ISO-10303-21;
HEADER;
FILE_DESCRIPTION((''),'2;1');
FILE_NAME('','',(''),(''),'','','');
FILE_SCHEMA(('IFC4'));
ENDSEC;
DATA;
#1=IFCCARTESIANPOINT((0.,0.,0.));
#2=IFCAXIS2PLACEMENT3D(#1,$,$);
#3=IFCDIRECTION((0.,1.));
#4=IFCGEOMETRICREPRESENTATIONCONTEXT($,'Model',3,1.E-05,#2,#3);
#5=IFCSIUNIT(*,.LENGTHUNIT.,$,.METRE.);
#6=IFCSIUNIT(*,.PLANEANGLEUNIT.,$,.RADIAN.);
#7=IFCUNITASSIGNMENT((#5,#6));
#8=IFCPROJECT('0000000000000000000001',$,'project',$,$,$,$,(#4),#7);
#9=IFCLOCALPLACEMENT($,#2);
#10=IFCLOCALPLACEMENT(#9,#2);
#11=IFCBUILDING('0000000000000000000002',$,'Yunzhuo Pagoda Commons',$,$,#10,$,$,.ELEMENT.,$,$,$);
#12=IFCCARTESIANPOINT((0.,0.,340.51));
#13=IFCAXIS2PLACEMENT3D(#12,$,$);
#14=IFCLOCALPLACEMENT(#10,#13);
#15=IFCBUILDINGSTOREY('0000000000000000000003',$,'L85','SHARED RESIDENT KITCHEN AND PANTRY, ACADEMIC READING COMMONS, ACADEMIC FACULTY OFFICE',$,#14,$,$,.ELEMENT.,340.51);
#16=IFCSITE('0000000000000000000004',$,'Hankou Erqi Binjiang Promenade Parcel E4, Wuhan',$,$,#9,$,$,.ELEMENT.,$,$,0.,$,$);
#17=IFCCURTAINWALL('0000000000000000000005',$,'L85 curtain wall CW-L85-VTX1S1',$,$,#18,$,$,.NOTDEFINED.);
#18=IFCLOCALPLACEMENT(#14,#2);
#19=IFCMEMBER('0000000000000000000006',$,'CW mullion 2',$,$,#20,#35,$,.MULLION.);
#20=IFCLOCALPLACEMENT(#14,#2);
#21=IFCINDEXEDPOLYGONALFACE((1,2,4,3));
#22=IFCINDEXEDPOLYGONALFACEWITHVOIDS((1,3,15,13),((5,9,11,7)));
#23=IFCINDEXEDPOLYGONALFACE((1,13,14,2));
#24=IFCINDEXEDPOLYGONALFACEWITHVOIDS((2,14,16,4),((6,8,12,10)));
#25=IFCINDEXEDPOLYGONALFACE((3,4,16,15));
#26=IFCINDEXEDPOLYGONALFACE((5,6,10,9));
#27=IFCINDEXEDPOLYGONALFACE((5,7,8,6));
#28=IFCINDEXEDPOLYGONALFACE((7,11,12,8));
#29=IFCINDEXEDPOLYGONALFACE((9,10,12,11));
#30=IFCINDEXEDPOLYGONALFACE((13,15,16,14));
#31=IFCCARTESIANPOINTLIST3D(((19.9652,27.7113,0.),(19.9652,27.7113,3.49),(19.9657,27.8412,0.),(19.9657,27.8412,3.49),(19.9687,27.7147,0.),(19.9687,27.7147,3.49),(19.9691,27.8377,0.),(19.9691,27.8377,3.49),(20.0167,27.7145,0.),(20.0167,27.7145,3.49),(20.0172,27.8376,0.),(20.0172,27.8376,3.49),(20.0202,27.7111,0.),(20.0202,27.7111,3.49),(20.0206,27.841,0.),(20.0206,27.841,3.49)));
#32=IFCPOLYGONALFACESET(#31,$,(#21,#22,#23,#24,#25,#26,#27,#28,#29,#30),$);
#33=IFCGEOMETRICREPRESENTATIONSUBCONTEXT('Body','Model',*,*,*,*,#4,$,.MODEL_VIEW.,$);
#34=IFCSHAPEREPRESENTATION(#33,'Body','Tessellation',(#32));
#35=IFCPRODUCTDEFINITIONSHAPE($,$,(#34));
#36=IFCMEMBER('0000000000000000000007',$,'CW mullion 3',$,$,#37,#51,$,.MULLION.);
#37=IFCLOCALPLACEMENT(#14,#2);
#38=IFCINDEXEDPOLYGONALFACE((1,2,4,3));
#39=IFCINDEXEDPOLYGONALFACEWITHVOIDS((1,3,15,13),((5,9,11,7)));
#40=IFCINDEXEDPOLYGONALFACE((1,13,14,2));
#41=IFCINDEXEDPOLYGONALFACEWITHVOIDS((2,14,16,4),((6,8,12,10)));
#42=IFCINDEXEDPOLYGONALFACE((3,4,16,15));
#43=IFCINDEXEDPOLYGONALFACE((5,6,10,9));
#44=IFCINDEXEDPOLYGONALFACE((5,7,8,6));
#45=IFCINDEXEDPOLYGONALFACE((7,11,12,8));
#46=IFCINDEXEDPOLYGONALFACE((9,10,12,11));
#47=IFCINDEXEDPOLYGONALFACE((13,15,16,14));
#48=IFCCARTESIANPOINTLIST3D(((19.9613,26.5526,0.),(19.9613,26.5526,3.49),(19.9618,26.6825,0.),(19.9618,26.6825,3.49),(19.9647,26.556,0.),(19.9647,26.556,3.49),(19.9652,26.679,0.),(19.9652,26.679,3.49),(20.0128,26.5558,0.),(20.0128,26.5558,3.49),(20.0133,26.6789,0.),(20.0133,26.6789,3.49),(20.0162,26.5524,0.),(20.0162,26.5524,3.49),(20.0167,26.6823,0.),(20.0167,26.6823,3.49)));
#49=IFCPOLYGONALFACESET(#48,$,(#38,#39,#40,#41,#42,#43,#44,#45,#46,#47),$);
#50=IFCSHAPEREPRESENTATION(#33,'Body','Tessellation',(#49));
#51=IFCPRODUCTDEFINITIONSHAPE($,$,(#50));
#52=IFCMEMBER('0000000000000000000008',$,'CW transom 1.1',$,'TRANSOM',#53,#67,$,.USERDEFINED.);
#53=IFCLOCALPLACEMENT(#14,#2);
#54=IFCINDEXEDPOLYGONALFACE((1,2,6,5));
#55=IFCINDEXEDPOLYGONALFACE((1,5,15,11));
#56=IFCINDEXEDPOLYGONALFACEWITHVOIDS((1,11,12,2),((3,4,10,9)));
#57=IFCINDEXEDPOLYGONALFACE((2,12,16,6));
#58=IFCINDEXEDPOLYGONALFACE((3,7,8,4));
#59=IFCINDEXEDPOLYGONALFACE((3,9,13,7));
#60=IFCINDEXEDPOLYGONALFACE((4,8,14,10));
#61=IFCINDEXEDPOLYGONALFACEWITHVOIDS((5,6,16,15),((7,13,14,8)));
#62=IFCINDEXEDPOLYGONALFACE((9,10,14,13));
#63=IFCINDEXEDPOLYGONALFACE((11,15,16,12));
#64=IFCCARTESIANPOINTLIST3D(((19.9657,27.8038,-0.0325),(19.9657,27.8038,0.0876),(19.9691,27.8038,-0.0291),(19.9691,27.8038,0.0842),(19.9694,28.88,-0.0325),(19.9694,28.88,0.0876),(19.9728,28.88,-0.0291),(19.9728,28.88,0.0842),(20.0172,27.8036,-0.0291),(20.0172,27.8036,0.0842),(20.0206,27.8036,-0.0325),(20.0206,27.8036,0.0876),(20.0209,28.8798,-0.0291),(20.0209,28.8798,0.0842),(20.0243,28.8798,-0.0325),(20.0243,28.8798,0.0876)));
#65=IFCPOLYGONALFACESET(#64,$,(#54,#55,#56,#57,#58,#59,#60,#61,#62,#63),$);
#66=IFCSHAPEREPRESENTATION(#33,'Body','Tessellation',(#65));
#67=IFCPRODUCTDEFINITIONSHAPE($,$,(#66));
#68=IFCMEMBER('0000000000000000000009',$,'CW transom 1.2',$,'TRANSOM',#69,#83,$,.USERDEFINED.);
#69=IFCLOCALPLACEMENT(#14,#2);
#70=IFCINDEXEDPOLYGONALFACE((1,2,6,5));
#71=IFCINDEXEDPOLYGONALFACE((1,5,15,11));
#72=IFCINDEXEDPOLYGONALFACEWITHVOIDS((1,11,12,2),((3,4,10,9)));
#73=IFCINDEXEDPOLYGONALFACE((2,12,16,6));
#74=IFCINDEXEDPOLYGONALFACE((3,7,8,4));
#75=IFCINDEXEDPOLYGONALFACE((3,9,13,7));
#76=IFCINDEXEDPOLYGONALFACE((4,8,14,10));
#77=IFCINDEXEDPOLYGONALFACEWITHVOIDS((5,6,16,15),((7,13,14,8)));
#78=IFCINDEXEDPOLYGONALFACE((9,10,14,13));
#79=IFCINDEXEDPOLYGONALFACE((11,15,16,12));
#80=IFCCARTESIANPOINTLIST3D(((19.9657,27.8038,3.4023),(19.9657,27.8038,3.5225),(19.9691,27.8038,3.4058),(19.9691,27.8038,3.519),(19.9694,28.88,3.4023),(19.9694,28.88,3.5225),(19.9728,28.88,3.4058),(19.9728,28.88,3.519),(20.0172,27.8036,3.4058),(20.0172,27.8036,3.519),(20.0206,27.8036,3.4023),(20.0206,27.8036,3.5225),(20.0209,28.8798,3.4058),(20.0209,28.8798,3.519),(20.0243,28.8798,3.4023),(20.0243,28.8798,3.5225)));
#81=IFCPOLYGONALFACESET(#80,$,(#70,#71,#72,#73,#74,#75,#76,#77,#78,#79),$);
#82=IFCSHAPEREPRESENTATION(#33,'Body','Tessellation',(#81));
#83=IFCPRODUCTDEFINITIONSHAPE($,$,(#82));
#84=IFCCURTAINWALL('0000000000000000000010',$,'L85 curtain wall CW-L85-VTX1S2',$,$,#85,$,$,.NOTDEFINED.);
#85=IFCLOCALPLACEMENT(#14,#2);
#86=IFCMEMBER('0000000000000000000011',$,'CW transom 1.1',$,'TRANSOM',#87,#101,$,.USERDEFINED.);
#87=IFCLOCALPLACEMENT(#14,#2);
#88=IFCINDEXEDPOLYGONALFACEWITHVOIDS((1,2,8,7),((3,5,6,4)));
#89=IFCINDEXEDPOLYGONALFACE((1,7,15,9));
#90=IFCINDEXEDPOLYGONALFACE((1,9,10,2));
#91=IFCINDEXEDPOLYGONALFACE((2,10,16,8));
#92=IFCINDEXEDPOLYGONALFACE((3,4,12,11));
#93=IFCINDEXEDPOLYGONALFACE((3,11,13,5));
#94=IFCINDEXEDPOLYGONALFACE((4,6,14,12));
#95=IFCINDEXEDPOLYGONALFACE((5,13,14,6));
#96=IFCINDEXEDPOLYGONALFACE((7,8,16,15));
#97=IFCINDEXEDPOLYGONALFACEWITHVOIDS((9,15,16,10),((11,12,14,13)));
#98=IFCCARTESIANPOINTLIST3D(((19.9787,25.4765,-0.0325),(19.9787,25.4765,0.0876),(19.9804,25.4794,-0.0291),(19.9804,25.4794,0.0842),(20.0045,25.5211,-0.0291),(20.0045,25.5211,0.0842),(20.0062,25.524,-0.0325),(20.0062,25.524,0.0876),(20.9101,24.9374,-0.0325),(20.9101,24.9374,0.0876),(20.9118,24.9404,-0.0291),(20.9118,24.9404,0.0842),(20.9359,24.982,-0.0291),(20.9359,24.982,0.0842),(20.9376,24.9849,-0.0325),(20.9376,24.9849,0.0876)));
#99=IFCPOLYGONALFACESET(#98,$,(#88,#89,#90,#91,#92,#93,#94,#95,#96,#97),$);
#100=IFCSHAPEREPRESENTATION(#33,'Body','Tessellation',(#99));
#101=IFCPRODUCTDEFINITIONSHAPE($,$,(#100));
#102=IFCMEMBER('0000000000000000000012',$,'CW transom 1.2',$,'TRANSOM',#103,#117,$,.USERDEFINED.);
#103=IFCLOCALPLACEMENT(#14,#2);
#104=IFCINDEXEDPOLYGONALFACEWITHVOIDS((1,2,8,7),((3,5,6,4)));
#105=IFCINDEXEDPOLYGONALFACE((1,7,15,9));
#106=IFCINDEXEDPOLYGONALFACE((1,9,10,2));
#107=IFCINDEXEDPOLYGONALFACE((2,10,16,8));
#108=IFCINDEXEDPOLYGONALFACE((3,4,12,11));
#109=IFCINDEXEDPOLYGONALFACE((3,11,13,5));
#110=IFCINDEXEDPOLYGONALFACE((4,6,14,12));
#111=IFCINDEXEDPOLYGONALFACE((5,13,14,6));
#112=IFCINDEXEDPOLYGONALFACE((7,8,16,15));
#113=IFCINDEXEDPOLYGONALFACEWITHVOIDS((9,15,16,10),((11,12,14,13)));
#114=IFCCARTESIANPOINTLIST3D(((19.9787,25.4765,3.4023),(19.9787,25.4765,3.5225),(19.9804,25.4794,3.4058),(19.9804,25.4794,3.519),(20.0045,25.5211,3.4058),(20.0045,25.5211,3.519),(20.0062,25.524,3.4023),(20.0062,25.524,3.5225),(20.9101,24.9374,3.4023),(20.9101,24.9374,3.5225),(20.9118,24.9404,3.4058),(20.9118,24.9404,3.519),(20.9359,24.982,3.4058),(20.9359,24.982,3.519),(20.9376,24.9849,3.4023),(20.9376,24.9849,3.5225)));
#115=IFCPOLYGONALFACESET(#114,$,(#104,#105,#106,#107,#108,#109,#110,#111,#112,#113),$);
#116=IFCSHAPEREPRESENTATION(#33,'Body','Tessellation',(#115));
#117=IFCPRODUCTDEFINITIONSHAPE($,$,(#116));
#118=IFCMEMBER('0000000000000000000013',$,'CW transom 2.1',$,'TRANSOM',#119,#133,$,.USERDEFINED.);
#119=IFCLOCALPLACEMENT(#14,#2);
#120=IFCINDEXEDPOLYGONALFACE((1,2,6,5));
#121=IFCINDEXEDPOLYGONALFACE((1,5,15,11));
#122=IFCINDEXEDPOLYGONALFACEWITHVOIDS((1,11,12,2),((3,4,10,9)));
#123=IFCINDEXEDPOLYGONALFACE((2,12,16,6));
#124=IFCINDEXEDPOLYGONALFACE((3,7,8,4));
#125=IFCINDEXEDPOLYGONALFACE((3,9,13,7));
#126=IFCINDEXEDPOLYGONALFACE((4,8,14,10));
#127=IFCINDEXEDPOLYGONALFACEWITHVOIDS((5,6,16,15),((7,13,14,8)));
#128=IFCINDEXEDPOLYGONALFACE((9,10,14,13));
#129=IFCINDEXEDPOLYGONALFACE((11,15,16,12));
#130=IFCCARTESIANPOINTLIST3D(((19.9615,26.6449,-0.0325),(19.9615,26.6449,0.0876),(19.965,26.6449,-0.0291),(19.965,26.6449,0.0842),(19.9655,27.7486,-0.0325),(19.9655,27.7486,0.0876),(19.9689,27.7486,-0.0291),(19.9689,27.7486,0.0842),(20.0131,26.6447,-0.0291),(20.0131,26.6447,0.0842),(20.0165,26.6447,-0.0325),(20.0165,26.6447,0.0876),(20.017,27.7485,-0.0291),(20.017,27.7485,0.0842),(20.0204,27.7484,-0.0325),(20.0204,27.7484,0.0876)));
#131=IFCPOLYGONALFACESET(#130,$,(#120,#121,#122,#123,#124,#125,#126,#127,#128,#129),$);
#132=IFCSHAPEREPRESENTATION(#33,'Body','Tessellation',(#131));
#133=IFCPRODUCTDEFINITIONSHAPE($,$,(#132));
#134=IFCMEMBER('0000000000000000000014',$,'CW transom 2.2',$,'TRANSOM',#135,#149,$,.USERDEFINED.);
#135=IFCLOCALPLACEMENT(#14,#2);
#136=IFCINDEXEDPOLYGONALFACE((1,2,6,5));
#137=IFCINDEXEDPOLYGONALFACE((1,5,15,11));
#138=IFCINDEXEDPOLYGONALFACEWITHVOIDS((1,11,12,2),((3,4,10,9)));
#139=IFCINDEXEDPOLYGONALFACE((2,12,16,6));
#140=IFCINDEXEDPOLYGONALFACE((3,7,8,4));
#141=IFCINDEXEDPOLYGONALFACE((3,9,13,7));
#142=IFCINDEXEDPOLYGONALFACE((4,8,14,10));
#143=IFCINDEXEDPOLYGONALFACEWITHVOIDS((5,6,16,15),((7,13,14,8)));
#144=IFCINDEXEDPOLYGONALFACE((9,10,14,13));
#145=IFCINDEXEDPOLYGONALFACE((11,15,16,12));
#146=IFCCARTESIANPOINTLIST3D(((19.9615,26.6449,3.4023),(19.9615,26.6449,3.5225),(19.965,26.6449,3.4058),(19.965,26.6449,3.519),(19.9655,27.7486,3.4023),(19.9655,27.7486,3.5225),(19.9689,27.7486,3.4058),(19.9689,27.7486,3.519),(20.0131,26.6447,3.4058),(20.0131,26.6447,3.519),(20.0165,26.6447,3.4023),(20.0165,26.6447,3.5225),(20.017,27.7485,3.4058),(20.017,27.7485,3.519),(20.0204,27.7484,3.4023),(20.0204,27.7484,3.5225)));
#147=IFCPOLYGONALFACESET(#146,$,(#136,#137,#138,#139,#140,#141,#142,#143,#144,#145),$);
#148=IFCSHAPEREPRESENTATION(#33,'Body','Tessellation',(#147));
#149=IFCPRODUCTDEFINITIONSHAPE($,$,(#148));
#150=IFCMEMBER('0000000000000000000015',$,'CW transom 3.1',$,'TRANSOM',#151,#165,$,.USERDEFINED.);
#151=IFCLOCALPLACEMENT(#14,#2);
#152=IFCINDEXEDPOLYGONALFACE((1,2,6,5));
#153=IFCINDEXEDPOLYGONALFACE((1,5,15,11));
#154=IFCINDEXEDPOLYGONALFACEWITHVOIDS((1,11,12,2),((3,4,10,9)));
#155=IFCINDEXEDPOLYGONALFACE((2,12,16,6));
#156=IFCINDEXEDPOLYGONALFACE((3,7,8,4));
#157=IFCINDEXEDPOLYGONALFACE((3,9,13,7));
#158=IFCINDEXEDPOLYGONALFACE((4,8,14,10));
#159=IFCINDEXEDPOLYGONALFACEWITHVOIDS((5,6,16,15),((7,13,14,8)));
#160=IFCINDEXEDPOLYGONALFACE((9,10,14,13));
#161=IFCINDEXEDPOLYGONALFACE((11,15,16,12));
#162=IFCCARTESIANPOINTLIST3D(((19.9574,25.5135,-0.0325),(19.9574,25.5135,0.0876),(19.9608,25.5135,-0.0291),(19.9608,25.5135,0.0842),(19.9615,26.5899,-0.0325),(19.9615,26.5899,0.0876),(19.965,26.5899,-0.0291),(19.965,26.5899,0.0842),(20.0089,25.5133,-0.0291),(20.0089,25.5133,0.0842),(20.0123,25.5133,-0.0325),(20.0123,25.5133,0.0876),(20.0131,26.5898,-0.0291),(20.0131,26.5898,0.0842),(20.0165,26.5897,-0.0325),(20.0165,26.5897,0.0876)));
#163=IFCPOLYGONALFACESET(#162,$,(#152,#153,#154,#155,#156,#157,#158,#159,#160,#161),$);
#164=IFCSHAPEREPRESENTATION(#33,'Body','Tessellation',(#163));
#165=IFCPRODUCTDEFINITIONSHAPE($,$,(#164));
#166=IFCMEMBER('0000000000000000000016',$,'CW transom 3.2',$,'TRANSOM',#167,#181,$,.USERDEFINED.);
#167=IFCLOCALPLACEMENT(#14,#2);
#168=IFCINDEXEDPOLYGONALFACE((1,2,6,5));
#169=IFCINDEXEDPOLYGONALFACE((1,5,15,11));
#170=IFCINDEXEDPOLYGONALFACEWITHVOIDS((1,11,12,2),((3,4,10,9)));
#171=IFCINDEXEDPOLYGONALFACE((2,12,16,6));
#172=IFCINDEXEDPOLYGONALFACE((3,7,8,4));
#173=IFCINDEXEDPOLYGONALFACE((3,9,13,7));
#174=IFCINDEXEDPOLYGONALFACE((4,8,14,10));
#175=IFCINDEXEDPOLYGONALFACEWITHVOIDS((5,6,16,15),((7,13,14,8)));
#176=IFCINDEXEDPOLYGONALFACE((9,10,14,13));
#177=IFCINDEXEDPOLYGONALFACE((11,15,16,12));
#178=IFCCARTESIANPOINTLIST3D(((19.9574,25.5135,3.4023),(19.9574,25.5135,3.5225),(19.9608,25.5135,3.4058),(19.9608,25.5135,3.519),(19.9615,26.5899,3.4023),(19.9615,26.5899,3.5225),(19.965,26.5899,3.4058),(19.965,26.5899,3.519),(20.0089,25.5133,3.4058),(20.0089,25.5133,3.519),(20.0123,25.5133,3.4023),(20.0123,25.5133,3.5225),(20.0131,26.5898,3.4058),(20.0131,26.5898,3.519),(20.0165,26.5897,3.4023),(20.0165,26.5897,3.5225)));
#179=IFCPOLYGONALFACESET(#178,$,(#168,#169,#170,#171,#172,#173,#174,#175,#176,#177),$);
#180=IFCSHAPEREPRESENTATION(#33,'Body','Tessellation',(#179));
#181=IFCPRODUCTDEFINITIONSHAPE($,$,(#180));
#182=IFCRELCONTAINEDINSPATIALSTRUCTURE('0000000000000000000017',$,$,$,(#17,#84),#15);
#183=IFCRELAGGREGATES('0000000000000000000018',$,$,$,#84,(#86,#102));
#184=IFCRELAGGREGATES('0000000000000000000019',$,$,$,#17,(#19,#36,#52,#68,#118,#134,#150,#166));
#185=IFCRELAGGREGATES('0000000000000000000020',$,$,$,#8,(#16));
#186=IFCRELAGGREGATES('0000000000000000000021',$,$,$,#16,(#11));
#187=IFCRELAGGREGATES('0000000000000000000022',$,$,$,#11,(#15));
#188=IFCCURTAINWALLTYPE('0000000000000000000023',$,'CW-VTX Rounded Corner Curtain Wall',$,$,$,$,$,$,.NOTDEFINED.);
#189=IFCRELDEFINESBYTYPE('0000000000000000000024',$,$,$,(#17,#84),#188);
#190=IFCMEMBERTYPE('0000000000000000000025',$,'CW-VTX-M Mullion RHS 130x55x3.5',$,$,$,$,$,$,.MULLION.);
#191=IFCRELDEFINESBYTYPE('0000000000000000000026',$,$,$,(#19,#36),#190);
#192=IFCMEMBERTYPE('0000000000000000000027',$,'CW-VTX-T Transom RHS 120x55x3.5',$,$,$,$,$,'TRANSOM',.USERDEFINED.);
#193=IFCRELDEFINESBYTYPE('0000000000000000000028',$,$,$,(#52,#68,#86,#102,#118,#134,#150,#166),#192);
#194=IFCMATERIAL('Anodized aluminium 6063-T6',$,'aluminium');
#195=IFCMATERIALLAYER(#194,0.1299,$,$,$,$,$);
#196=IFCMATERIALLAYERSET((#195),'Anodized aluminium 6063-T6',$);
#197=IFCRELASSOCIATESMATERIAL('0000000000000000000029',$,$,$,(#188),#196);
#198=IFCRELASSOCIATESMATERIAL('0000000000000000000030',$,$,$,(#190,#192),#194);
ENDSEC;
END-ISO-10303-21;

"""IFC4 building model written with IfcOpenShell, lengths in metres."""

from ifc_helpers import new_model, si_unit, direction, frame, origin, origin_2d, place, context, subcontext, project, spatial, hollow_rectangle, extrude, source, transform, mapped, material, layer, layer_set, material_profile, profile_set, type_object, element, aggregate, save


model = new_model("IFC4")

# Units and contexts
model_context = context("Model", 3, precision=1e-05, world=origin(), true_north=direction((0.0, 1.0)))
body_context = subcontext(model_context, "Body", "Model", "MODEL_VIEW")
ifc_project = project(units=[si_unit("LENGTHUNIT", "METRE"), si_unit("PLANEANGLEUNIT", "RADIAN")], contexts=[model_context])

# Site, building, storey
site_placement = place(None, origin())
site = spatial("IfcSite", under=ifc_project, at=site_placement, Name="Hankou Erqi Binjiang Promenade Parcel E4, Wuhan", CompositionType="ELEMENT", RefElevation=0.0)
building_placement = place(site_placement, origin())
building = spatial("IfcBuilding", under=site, at=building_placement, Name="Yunzhuo Pagoda Commons", CompositionType="ELEMENT")
storey_placement = place(building_placement, frame((0.0, 0.0, 340.51)))
storey = spatial("IfcBuildingStorey", under=building, at=storey_placement, Name="L85", Description="SHARED RESIDENT KITCHEN AND PANTRY, ACADEMIC READING COMMONS, ACADEMIC FACULTY OFFICE", CompositionType="ELEMENT", Elevation=340.51)

# Curtain walls, members
ifc_material_1 = material(Name="Anodized aluminium 6063-T6", Category="aluminium")
ifc_layer_1 = layer(ifc_material_1, 0.1299)
ifc_layer_set_1 = layer_set([ifc_layer_1], Name="Anodized aluminium 6063-T6")
curtain_wall_type = type_object("IfcCurtainWallType", Name="CW-VTX Rounded Corner Curtain Wall", PredefinedType="NOTDEFINED", material=ifc_layer_set_1)
curtain_wall_1_placement = place(storey_placement, origin())
curtain_wall_1 = element("IfcCurtainWall", 1, at=curtain_wall_1_placement, inside=storey, type_object=curtain_wall_type, Name="L85 curtain wall CW-L85-VTX1S1", PredefinedType="NOTDEFINED")
ifc_material_profile_1 = material_profile(ifc_material_1, hollow_rectangle(XDim=0.0549, YDim=0.1299, WallThickness=0.0034, at=origin_2d()), Name="Anodized aluminium 6063-T6")
ifc_profile_set_1 = profile_set([ifc_material_profile_1], Name="Anodized aluminium 6063-T6")
member_type_1 = type_object("IfcMemberType", Name="CW-VTX-M Mullion RHS 130x55x3.5", PredefinedType="MULLION", material=ifc_profile_set_1)
shared_shape_1 = source(origin(), body_context, "Body", "SweptSolid", [
    extrude(hollow_rectangle(XDim=0.0549, YDim=0.1299, WallThickness=0.0034, at=origin_2d()), origin(), (0.0, 0.0, 1.0), 3.49),
])
member_1_placement = place(storey_placement, frame((19.9929, 27.7761, 0.0), z_axis=(0.0, 0.0, 1.0), x_axis=(0.999994, -0.003567, 0.0)))
member_1 = element("IfcMember", 2, at=member_1_placement, type_object=member_type_1, Name="CW mullion 2", PredefinedType="MULLION", context=body_context, shape_type="MappedRepresentation", body=[
    mapped(shared_shape_1, transform((0.0, 0.0, 0.0), scale=1.0)),
])
member_2_placement = place(storey_placement, frame((19.989, 26.6174, 0.0), z_axis=(0.0, 0.0, 1.0), x_axis=(0.999994, -0.003567, 0.0)))
member_2 = element("IfcMember", 3, at=member_2_placement, type_object=member_type_1, Name="CW mullion 3", PredefinedType="MULLION", context=body_context, shape_type="MappedRepresentation", body=[
    mapped(shared_shape_1, transform((0.0, 0.0, 0.0), scale=1.0)),
])
ifc_material_profile_2 = material_profile(ifc_material_1, hollow_rectangle(XDim=0.0549, YDim=0.1201, WallThickness=0.0034, at=origin_2d()), Name="Anodized aluminium 6063-T6")
ifc_profile_set_2 = profile_set([ifc_material_profile_2], Name="Anodized aluminium 6063-T6")
member_type_2 = type_object("IfcMemberType", Name="CW-VTX-T Transom RHS 120x55x3.5", ElementType="TRANSOM", PredefinedType="USERDEFINED", material=ifc_profile_set_2)
shared_shape_2 = source(origin(), body_context, "Body", "SweptSolid", [
    extrude(hollow_rectangle(XDim=0.0549, YDim=0.1201, WallThickness=0.0034, at=origin_2d()), origin(), (0.0, 0.0, 1.0), 1.0762),
])
member_3_placement = place(storey_placement, frame((19.9968, 28.8799, 0.0276), z_axis=(-0.003403, -0.999994, 0.0), x_axis=(0.999994, -0.003403, 0.0)))
member_3 = element("IfcMember", 4, at=member_3_placement, type_object=member_type_2, Name="CW transom 1.1", ObjectType="TRANSOM", PredefinedType="USERDEFINED", context=body_context, shape_type="MappedRepresentation", body=[
    mapped(shared_shape_2, transform((0.0, 0.0, 0.0), scale=1.0)),
])
member_4_placement = place(storey_placement, frame((19.9968, 28.8799, 3.4624), z_axis=(-0.003403, -0.999994, 0.0), x_axis=(0.999994, -0.003403, 0.0)))
member_4 = element("IfcMember", 5, at=member_4_placement, type_object=member_type_2, Name="CW transom 1.2", ObjectType="TRANSOM", PredefinedType="USERDEFINED", context=body_context, shape_type="MappedRepresentation", body=[
    mapped(shared_shape_2, transform((0.0, 0.0, 0.0), scale=1.0)),
])
curtain_wall_2_placement = place(storey_placement, origin())
curtain_wall_2 = element("IfcCurtainWall", 6, at=curtain_wall_2_placement, inside=storey, type_object=curtain_wall_type, Name="L85 curtain wall CW-L85-VTX1S2", PredefinedType="NOTDEFINED")
member_5_placement = place(storey_placement, frame((19.9924, 25.5002, 0.0276), z_axis=(0.865494, -0.50092, 0.0), x_axis=(0.50092, 0.865494, 0.0)))
member_5 = element("IfcMember", 7, at=member_5_placement, type_object=member_type_2, Name="CW transom 1.1", ObjectType="TRANSOM", PredefinedType="USERDEFINED", context=body_context, shape_type="MappedRepresentation", body=[
    mapped(shared_shape_2, transform((0.0, 0.0, 0.0), scale=1.0)),
])
member_6_placement = place(storey_placement, frame((19.9924, 25.5002, 3.4624), z_axis=(0.865494, -0.50092, 0.0), x_axis=(0.50092, 0.865494, 0.0)))
member_6 = element("IfcMember", 8, at=member_6_placement, type_object=member_type_2, Name="CW transom 1.2", ObjectType="TRANSOM", PredefinedType="USERDEFINED", context=body_context, shape_type="MappedRepresentation", body=[
    mapped(shared_shape_2, transform((0.0, 0.0, 0.0), scale=1.0)),
])
aggregate(curtain_wall_2, [member_5, member_6])

# Members
shared_shape_3 = source(origin(), body_context, "Body", "SweptSolid", [
    extrude(hollow_rectangle(XDim=0.0549, YDim=0.1201, WallThickness=0.0034, at=origin_2d()), origin(), (0.0, 0.0, 1.0), 1.1038),
])
member_7_placement = place(storey_placement, frame((19.9929, 27.7485, 0.0276), z_axis=(-0.003539, -0.999994, 0.0), x_axis=(0.999994, -0.003539, 0.0)))
member_7 = element("IfcMember", 9, at=member_7_placement, type_object=member_type_2, Name="CW transom 2.1", ObjectType="TRANSOM", PredefinedType="USERDEFINED", context=body_context, shape_type="MappedRepresentation", body=[
    mapped(shared_shape_3, transform((0.0, 0.0, 0.0), scale=1.0)),
])
member_8_placement = place(storey_placement, frame((19.9929, 27.7485, 3.4624), z_axis=(-0.003539, -0.999994, 0.0), x_axis=(0.999994, -0.003539, 0.0)))
member_8 = element("IfcMember", 10, at=member_8_placement, type_object=member_type_2, Name="CW transom 2.2", ObjectType="TRANSOM", PredefinedType="USERDEFINED", context=body_context, shape_type="MappedRepresentation", body=[
    mapped(shared_shape_3, transform((0.0, 0.0, 0.0), scale=1.0)),
])
shared_shape_4 = source(origin(), body_context, "Body", "SweptSolid", [
    extrude(hollow_rectangle(XDim=0.0549, YDim=0.1201, WallThickness=0.0034, at=origin_2d()), origin(), (0.0, 0.0, 1.0), 1.0764),
])
member_9_placement = place(storey_placement, frame((19.989, 26.5898, 0.0276), z_axis=(-0.003856, -0.999993, 0.0), x_axis=(0.999993, -0.003856, 0.0)))
member_9 = element("IfcMember", 11, at=member_9_placement, type_object=member_type_2, Name="CW transom 3.1", ObjectType="TRANSOM", PredefinedType="USERDEFINED", context=body_context, shape_type="MappedRepresentation", body=[
    mapped(shared_shape_4, transform((0.0, 0.0, 0.0), scale=1.0)),
])
member_10_placement = place(storey_placement, frame((19.989, 26.5898, 3.4624), z_axis=(-0.003856, -0.999993, 0.0), x_axis=(0.999993, -0.003856, 0.0)))
member_10 = element("IfcMember", 12, at=member_10_placement, type_object=member_type_2, Name="CW transom 3.2", ObjectType="TRANSOM", PredefinedType="USERDEFINED", context=body_context, shape_type="MappedRepresentation", body=[
    mapped(shared_shape_4, transform((0.0, 0.0, 0.0), scale=1.0)),
])

aggregate(curtain_wall_1, [member_1, member_2, member_3, member_4, member_7, member_8, member_9, member_10])

save(model, "model.ifc")
